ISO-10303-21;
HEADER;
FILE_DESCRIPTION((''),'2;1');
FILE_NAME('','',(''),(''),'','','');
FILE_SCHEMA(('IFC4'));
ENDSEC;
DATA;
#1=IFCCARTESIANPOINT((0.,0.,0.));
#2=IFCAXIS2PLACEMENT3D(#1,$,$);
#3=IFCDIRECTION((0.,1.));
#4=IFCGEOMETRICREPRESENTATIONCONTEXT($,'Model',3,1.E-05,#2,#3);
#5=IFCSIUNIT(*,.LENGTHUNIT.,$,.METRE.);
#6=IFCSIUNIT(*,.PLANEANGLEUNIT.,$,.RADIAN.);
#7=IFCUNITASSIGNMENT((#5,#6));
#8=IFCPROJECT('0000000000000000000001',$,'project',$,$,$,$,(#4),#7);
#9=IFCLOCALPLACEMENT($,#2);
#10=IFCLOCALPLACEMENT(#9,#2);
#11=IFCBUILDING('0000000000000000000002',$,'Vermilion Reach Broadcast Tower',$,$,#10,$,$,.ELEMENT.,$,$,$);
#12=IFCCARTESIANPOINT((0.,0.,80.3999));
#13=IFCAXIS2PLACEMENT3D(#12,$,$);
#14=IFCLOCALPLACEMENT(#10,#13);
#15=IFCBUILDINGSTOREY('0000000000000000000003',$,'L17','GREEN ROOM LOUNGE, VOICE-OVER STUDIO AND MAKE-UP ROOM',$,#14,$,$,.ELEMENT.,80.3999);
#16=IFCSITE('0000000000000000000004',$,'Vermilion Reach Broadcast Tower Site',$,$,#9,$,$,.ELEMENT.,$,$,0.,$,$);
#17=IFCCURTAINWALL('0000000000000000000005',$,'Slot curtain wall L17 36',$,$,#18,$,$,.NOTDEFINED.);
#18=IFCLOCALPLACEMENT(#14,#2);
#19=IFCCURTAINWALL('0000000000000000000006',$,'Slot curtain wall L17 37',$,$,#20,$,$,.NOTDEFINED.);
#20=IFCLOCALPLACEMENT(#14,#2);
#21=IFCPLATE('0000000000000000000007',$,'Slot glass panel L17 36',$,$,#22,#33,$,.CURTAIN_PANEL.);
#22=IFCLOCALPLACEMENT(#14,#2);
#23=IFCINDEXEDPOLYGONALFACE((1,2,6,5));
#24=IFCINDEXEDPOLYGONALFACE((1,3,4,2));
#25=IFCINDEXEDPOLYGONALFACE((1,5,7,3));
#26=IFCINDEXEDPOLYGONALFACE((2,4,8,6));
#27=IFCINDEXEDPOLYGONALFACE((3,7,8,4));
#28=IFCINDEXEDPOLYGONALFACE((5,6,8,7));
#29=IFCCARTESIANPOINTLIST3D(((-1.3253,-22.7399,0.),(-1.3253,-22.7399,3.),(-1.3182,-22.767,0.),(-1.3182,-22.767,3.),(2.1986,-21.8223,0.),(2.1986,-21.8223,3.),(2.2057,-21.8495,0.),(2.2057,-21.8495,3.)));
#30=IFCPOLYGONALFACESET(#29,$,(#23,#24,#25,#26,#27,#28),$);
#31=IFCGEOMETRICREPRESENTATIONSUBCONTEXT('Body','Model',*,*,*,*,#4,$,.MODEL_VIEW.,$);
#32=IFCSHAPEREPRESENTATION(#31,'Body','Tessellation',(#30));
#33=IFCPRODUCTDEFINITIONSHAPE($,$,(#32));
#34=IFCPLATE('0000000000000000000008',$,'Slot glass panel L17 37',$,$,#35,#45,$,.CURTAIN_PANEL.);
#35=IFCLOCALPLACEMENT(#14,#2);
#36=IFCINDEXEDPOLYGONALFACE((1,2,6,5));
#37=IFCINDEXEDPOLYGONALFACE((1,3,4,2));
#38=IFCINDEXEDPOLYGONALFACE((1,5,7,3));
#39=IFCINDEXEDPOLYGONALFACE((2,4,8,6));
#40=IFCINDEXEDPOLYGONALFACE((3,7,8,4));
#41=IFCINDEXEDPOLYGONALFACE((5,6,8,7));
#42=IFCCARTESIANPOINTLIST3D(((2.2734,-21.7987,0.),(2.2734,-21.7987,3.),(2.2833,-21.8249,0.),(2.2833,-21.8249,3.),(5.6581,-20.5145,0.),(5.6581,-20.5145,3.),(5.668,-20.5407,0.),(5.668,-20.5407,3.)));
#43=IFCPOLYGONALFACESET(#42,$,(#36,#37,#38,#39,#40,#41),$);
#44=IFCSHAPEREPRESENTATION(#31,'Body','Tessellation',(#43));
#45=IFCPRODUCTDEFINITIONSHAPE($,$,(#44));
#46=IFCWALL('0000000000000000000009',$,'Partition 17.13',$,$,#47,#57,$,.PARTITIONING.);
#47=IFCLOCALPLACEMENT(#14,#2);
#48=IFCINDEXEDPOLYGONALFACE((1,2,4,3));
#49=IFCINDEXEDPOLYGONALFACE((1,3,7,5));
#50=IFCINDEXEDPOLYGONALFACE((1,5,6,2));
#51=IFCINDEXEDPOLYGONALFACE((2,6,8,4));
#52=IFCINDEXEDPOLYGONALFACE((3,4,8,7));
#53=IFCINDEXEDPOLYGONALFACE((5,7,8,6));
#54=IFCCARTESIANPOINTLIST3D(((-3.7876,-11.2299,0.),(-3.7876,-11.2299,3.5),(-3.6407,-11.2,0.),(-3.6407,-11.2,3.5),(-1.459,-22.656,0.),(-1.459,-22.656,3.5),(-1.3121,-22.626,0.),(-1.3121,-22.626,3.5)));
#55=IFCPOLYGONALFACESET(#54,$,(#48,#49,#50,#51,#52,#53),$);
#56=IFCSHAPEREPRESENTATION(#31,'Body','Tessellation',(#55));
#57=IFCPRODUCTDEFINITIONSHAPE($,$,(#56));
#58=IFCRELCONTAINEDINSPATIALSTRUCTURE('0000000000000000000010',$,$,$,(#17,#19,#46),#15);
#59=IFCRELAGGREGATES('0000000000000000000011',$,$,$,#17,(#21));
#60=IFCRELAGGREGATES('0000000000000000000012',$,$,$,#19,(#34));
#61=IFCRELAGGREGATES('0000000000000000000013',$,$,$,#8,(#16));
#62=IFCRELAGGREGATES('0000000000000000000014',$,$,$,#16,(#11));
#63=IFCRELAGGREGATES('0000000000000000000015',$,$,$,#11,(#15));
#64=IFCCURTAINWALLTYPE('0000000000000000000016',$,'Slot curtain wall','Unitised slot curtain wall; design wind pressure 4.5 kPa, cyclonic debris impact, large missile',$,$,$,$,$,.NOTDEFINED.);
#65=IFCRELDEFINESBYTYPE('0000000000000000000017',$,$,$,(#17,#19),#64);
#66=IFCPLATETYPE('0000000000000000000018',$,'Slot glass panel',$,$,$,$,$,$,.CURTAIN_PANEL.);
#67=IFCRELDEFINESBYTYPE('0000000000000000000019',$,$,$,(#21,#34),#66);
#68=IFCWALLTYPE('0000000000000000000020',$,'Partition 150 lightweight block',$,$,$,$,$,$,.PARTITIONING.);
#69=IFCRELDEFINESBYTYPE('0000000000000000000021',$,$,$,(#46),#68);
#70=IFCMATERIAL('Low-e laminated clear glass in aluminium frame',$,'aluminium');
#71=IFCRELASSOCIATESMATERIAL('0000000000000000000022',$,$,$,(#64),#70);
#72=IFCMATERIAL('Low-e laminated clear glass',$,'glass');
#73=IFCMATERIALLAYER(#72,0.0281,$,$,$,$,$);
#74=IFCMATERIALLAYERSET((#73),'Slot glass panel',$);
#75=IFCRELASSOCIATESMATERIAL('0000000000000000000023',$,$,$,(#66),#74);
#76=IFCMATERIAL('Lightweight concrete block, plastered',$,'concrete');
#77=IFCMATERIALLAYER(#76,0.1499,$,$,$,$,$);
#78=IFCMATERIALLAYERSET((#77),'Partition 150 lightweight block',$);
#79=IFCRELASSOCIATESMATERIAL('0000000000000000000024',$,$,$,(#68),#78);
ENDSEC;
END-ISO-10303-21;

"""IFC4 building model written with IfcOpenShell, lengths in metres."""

from ifc_helpers import new_model, si_unit, direction, frame, frame_2d, origin, origin_2d, place, context, subcontext, project, spatial, rectangle, extrude, material, layer, layer_set, type_object, element, aggregate, save


model = new_model("IFC4")

# Units and contexts
model_context = context("Model", 3, precision=1e-05, world=origin(), true_north=direction((0.0, 1.0)))
body_context = subcontext(model_context, "Body", "Model", "MODEL_VIEW")
ifc_project = project(units=[si_unit("LENGTHUNIT", "METRE"), si_unit("PLANEANGLEUNIT", "RADIAN")], contexts=[model_context])

# Site, building, storey
site_placement = place(None, origin())
site = spatial("IfcSite", under=ifc_project, at=site_placement, Name="Vermilion Reach Broadcast Tower Site", CompositionType="ELEMENT", RefElevation=0.0)
building_placement = place(site_placement, origin())
building = spatial("IfcBuilding", under=site, at=building_placement, Name="Vermilion Reach Broadcast Tower", CompositionType="ELEMENT")
storey_placement = place(building_placement, frame((0.0, 0.0, 80.3999)))
storey = spatial("IfcBuildingStorey", under=building, at=storey_placement, Name="L17", Description="GREEN ROOM LOUNGE, VOICE-OVER STUDIO AND MAKE-UP ROOM", CompositionType="ELEMENT", Elevation=80.3999)

# Curtain walls
ifc_material_1 = material(Name="Low-e laminated clear glass in aluminium frame", Category="aluminium")
curtain_wall_type = type_object("IfcCurtainWallType", Name="Slot curtain wall", Description="Unitised slot curtain wall; design wind pressure 4.5 kPa, cyclonic debris impact, large missile", PredefinedType="NOTDEFINED", material=ifc_material_1)
placement = place(storey_placement, origin())
curtain_wall_1 = element("IfcCurtainWall", 1, at=placement, inside=storey, type_object=curtain_wall_type, Name="Slot curtain wall L17 36", PredefinedType="NOTDEFINED")
curtain_wall_2 = element("IfcCurtainWall", 2, at=placement, inside=storey, type_object=curtain_wall_type, Name="Slot curtain wall L17 37", PredefinedType="NOTDEFINED")

# Plates
ifc_material_2 = material(Name="Low-e laminated clear glass", Category="glass")
ifc_layer_1 = layer(ifc_material_2, 0.0281)
ifc_layer_set_1 = layer_set([ifc_layer_1], Name="Slot glass panel")
plate_type = type_object("IfcPlateType", Name="Slot glass panel", PredefinedType="CURTAIN_PANEL", material=ifc_layer_set_1)
plate_1_placement = place(storey_placement, frame((0.4402, -22.2947, 0.0), z_axis=(0.0, 0.0, 1.0), x_axis=(0.967734, 0.251974, 0.0)))
plate_1 = element("IfcPlate", 3, at=plate_1_placement, type_object=plate_type, Name="Slot glass panel L17 36", PredefinedType="CURTAIN_PANEL", context=body_context, shape_type="SweptSolid", body=[
    extrude(rectangle(XDim=3.6414, YDim=0.0281, at=origin_2d()), origin(), (0.0, 0.0, 1.0), 3.0),
])
aggregate(curtain_wall_1, [plate_1])
plate_2_placement = place(storey_placement, frame((3.9707, -21.1697, 0.0), z_axis=(0.0, 0.0, 1.0), x_axis=(0.934965, 0.354741, 0.0)))
plate_2 = element("IfcPlate", 4, at=plate_2_placement, type_object=plate_type, Name="Slot glass panel L17 37", PredefinedType="CURTAIN_PANEL", context=body_context, shape_type="SweptSolid", body=[
    extrude(rectangle(XDim=3.6201, YDim=0.0281, at=origin_2d()), origin(), (0.0, 0.0, 1.0), 3.0),
])
aggregate(curtain_wall_2, [plate_2])

# Wall
ifc_material_3 = material(Name="Lightweight concrete block, plastered", Category="concrete")
ifc_layer_2 = layer(ifc_material_3, 0.1499)
ifc_layer_set_2 = layer_set([ifc_layer_2], Name="Partition 150 lightweight block")
wall_type = type_object("IfcWallType", Name="Partition 150 lightweight block", PredefinedType="PARTITIONING", material=ifc_layer_set_2)
wall_placement = place(storey_placement, frame((-1.3855, -22.6411, 0.0), z_axis=(0.0, 0.0, 1.0), x_axis=(-0.199694, 0.979858, 0.0)))
element("IfcWall", 5, at=wall_placement, inside=storey, type_object=wall_type, Name="Partition 17.13", PredefinedType="PARTITIONING", context=body_context, shape_type="SweptSolid", body=[
    extrude(rectangle(XDim=11.6609, YDim=0.1499, at=frame_2d((5.8306, 0.0))), origin(), (0.0, 0.0, 1.0), 3.5),
])

save(model, "model.ifc")
